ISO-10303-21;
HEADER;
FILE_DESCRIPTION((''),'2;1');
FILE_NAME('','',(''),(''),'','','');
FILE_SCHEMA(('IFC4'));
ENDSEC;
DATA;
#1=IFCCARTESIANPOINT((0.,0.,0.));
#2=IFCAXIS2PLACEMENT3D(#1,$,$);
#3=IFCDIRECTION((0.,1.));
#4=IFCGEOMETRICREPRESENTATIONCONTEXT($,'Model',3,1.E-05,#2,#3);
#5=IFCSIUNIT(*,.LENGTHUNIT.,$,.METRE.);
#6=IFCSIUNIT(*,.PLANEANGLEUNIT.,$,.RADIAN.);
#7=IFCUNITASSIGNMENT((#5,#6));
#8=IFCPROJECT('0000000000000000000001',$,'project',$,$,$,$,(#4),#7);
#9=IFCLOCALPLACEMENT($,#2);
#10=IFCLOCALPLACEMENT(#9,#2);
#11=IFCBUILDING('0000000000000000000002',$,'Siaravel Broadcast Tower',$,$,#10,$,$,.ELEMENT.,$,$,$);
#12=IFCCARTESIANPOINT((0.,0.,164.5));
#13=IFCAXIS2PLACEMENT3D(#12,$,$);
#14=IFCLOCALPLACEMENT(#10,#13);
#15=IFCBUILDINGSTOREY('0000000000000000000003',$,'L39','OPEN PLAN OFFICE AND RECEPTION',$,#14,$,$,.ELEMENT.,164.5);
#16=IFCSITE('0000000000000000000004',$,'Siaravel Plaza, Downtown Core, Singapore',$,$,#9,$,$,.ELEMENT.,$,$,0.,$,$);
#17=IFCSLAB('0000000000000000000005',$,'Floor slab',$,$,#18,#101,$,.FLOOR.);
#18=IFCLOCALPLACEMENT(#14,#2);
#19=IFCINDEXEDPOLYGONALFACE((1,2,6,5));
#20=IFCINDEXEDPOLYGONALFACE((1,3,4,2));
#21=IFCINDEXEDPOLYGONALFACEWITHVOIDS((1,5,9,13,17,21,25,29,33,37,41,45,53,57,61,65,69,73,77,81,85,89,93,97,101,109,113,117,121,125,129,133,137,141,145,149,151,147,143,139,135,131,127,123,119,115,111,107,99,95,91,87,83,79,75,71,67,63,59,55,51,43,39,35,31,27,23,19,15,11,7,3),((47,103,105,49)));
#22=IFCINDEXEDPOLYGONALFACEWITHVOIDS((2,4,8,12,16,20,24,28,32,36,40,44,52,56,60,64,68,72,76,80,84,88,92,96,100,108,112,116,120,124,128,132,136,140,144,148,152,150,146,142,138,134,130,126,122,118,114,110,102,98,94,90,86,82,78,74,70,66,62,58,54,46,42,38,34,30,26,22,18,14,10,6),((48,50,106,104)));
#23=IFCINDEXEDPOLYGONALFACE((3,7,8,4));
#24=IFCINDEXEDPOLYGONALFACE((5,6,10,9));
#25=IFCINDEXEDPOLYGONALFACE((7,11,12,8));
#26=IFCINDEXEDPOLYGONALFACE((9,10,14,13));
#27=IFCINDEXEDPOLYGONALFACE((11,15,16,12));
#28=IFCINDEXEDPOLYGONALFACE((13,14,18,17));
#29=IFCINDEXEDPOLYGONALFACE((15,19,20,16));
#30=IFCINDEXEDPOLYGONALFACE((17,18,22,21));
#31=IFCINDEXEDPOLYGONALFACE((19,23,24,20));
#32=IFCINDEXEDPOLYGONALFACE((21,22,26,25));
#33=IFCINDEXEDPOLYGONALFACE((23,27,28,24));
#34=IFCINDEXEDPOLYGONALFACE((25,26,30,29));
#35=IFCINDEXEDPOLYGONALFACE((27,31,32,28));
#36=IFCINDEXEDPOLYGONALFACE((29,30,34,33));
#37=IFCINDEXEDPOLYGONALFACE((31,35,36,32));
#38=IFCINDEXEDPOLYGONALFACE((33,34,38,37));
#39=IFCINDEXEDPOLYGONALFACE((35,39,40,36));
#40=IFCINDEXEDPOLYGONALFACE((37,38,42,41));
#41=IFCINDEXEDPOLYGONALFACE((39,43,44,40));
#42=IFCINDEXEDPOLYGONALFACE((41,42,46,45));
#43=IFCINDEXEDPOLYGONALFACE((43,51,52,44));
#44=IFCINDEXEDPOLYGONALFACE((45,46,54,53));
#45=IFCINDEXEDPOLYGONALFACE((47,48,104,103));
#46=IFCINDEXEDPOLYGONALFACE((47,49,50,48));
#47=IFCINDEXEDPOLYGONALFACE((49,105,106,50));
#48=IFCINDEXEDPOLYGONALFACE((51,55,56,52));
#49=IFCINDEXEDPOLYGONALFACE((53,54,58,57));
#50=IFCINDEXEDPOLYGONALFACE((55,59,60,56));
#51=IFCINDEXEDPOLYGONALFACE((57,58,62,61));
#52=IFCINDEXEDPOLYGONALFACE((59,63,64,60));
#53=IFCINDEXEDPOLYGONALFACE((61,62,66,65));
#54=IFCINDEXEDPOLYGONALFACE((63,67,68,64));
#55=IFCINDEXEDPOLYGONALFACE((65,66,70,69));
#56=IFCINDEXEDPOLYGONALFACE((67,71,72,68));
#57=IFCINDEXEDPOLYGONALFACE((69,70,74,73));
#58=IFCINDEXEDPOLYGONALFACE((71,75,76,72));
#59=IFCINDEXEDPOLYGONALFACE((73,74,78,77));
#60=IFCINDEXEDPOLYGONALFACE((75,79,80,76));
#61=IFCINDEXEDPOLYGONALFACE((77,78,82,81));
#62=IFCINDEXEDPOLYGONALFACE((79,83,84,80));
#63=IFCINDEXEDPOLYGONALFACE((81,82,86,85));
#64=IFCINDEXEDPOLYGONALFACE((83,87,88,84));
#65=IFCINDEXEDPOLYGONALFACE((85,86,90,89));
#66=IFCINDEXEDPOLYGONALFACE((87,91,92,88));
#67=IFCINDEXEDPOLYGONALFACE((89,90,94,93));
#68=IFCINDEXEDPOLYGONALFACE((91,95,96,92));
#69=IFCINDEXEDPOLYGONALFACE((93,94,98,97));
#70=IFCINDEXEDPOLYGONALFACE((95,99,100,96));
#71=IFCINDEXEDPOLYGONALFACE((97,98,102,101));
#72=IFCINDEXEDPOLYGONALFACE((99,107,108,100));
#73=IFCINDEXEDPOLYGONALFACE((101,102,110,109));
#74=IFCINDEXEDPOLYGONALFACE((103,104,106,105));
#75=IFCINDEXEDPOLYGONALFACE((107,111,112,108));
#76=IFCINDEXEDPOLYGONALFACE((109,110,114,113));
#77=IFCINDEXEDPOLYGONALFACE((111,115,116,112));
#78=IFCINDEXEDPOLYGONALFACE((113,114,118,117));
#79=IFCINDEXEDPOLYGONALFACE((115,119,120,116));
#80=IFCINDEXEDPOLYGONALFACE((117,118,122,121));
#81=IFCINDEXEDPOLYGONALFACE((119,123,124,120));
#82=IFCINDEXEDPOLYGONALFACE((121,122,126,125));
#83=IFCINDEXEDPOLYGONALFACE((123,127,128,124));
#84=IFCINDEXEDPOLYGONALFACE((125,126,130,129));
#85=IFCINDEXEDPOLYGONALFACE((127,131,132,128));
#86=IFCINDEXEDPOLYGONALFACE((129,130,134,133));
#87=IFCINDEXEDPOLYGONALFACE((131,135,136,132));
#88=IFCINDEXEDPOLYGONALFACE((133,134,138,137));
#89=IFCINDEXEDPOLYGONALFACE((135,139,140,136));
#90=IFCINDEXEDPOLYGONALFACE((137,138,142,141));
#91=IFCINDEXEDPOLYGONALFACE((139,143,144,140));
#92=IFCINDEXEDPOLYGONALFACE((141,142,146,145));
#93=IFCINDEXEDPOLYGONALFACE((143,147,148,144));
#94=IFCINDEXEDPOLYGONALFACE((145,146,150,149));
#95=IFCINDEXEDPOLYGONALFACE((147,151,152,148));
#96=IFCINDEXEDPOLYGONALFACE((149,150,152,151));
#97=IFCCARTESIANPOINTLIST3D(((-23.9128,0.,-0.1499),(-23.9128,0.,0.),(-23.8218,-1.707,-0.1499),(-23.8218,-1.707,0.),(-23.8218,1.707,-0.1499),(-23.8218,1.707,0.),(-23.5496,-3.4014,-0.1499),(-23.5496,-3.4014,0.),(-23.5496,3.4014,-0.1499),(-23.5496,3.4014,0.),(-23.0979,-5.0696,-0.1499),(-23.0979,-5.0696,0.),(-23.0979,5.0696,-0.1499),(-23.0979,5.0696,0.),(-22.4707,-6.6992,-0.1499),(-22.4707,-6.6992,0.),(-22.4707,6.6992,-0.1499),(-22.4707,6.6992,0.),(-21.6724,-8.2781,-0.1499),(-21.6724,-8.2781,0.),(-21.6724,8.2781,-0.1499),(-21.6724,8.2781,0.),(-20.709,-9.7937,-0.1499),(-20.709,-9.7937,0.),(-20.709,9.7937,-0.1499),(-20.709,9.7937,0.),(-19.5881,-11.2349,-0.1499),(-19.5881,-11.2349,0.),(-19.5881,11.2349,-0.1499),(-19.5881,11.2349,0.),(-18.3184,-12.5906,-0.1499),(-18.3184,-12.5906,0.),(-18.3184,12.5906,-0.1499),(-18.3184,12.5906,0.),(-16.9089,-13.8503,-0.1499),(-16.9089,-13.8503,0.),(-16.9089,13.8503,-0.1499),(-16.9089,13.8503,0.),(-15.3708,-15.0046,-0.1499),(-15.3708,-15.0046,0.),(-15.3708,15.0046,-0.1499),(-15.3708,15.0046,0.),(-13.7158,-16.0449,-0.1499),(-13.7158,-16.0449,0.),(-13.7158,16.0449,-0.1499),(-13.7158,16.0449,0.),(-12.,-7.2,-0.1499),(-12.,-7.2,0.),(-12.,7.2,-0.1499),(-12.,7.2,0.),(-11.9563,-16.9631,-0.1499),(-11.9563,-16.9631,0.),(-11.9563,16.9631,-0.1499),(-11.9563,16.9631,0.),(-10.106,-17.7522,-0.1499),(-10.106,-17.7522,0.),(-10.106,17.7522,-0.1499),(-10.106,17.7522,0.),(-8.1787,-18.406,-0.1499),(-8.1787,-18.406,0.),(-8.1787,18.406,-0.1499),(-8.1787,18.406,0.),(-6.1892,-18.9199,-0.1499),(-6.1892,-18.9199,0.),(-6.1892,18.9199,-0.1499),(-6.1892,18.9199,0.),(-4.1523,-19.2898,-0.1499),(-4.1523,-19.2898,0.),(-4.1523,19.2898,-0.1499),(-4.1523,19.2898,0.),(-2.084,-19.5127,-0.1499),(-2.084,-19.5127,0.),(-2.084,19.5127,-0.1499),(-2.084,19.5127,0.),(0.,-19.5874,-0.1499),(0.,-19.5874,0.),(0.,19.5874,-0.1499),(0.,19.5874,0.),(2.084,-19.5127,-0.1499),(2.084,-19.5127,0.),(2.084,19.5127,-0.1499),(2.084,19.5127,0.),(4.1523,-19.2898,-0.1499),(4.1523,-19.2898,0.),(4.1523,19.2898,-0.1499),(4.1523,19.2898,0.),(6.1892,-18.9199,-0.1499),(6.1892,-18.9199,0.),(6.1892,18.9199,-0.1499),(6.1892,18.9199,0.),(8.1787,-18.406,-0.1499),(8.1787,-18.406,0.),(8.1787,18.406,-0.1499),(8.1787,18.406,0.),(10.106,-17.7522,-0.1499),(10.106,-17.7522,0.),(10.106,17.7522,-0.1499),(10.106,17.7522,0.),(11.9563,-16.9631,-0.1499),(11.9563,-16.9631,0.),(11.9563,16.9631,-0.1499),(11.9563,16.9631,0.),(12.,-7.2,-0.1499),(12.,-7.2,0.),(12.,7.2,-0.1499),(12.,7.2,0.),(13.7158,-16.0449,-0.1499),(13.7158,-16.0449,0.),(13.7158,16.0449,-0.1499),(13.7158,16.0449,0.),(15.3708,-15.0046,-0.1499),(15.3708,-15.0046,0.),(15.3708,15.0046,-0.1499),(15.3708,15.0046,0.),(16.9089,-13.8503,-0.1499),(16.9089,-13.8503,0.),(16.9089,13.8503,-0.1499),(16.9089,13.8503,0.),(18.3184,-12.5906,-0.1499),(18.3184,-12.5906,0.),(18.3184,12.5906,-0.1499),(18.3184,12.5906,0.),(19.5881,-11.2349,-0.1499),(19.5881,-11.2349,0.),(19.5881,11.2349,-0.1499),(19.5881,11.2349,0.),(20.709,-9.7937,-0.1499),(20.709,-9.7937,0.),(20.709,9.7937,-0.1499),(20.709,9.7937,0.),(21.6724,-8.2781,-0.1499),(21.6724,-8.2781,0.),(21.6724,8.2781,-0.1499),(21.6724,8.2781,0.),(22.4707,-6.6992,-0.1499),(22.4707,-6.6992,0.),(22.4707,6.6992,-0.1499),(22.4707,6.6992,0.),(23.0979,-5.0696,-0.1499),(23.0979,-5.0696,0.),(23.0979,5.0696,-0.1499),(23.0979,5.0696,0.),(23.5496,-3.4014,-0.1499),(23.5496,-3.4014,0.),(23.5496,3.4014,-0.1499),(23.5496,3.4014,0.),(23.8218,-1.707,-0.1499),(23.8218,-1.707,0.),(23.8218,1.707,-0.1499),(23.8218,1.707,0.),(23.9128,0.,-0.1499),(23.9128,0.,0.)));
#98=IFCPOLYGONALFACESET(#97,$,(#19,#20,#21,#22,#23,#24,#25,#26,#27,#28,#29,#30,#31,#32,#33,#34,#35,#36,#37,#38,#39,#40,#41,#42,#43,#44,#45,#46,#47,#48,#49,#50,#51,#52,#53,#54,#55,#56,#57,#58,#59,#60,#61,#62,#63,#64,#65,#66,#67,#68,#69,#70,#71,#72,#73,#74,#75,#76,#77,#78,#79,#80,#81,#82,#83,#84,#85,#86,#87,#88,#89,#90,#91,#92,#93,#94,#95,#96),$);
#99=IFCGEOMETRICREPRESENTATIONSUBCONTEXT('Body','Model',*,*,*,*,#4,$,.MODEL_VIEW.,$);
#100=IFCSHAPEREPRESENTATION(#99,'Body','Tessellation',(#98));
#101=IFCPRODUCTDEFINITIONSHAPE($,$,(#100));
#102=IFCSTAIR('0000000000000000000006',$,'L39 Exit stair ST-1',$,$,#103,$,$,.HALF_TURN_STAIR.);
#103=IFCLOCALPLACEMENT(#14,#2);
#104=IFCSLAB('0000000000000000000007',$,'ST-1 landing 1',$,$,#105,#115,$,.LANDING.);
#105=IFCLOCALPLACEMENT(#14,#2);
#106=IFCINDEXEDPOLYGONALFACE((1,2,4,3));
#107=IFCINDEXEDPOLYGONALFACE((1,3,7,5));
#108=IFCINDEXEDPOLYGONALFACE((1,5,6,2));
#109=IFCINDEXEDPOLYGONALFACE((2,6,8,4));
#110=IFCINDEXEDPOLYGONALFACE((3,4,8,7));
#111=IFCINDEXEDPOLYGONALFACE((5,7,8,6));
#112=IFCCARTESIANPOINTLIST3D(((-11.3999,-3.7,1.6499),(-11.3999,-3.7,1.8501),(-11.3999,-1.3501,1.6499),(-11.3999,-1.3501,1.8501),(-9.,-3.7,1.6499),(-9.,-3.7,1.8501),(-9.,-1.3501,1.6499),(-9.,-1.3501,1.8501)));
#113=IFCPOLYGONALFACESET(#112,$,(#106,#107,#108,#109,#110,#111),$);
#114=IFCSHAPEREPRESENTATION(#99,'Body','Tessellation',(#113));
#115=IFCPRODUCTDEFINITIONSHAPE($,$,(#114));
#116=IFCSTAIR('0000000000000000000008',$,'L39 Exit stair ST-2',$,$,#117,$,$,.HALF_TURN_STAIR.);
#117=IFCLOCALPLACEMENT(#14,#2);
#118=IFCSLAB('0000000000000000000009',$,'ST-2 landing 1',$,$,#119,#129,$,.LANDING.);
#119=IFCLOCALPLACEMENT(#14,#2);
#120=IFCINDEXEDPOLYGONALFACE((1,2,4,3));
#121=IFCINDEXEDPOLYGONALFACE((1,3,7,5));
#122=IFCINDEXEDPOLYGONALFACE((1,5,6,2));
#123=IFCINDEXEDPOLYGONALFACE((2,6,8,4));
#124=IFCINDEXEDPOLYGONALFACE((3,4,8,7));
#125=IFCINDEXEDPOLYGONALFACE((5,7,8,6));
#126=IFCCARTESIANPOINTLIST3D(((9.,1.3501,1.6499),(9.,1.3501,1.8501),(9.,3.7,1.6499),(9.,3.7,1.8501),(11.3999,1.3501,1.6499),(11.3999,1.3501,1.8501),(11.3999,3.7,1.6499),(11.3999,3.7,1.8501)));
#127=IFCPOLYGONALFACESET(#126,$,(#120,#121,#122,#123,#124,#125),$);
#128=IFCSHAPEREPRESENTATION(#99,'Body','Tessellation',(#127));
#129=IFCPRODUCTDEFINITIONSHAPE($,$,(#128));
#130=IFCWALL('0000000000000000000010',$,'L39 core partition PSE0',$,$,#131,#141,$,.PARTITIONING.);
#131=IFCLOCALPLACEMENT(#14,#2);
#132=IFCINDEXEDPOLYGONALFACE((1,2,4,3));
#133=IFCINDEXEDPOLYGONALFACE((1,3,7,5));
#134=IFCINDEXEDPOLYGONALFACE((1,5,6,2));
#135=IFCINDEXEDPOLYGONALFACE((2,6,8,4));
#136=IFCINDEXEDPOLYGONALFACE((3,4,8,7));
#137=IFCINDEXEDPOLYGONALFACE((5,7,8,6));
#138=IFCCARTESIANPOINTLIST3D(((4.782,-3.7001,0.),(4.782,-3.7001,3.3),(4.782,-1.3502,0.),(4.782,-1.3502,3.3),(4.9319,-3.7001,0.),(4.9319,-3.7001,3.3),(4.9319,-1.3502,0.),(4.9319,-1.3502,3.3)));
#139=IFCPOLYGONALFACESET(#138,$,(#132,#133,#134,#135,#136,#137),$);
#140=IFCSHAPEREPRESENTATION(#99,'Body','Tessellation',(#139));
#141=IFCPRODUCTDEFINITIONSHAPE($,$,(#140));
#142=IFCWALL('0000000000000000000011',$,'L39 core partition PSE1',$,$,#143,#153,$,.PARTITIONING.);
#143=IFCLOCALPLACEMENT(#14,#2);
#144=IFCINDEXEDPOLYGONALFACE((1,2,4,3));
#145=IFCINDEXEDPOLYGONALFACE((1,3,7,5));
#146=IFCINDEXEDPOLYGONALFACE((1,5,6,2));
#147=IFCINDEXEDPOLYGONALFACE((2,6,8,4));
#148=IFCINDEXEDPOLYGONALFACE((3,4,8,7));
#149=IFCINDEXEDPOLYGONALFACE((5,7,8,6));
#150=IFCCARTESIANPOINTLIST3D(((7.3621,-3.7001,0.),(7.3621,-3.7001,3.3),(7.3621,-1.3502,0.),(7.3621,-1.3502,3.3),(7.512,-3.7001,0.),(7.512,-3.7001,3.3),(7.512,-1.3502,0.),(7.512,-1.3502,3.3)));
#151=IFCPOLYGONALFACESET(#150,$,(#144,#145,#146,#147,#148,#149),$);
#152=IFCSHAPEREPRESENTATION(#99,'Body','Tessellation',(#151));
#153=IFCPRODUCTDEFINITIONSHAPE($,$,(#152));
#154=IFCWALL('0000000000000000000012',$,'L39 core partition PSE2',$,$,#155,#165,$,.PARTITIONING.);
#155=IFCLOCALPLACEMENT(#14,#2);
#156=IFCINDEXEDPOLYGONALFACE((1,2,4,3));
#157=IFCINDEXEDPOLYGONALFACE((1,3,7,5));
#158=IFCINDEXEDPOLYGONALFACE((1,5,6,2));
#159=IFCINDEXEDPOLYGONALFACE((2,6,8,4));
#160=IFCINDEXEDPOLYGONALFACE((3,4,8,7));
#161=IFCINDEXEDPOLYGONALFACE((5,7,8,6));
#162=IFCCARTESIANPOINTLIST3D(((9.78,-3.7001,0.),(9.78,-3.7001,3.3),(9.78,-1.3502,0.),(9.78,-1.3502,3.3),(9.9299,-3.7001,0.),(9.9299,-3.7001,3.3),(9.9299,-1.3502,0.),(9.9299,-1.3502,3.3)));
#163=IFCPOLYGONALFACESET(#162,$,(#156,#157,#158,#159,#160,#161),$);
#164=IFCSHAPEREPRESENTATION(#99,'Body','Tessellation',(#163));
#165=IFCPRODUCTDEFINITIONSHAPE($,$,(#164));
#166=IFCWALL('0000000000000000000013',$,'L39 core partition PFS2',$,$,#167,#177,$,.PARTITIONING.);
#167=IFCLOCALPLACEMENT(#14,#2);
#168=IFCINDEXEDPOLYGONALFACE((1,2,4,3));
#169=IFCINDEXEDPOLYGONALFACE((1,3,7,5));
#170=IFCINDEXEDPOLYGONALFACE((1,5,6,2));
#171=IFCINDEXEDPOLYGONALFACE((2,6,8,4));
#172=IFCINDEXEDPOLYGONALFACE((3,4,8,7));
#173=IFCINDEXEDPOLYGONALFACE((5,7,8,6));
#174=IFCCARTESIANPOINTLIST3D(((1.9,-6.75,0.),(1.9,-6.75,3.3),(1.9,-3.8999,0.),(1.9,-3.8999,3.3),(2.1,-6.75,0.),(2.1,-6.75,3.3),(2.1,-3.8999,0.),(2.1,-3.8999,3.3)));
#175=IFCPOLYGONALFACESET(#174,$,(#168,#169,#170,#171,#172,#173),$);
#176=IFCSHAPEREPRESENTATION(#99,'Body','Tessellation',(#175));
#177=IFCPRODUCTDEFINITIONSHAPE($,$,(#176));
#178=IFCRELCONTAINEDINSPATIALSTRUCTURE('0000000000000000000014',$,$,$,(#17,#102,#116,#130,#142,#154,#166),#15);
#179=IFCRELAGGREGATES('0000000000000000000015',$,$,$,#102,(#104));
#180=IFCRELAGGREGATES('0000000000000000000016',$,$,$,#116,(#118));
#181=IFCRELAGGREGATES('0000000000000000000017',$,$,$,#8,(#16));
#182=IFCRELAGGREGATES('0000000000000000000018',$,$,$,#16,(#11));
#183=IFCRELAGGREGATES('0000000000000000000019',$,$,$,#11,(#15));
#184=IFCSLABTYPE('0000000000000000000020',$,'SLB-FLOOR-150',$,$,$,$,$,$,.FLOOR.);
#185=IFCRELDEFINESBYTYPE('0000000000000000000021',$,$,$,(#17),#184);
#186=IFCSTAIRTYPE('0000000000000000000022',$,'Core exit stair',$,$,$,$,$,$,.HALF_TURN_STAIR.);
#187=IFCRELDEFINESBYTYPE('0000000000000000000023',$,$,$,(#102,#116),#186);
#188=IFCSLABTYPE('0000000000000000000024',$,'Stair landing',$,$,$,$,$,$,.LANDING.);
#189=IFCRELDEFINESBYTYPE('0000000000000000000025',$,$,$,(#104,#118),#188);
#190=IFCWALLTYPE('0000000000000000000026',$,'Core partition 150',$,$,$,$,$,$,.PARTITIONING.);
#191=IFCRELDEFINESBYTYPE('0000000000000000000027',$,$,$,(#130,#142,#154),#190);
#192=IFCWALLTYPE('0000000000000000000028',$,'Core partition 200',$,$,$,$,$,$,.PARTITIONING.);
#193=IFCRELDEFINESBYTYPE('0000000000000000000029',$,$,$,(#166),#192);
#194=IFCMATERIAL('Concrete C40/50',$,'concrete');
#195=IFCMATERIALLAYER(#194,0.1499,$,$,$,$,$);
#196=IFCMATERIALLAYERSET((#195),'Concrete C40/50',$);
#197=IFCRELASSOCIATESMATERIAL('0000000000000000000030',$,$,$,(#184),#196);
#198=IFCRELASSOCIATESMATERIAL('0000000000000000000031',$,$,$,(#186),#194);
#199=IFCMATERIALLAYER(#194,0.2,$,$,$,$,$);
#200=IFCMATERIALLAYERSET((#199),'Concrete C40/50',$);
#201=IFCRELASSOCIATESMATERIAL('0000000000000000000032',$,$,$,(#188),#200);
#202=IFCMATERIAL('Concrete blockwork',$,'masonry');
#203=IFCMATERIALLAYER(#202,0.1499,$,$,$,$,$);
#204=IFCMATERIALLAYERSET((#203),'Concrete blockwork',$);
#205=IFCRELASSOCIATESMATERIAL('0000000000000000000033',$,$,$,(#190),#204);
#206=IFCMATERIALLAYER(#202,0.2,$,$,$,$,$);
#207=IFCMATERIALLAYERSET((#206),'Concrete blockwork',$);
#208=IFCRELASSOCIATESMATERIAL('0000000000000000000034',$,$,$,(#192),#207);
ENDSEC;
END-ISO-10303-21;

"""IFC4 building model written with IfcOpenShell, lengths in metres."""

from ifc_helpers import new_model, si_unit, direction, frame, frame_2d, origin, place, context, subcontext, project, spatial, polyline, rectangle, outline, extrude, material, layer, layer_set, type_object, element, aggregate, save


model = new_model("IFC4")

# Units and contexts
model_context = context("Model", 3, precision=1e-05, world=origin(), true_north=direction((0.0, 1.0)))
body_context = subcontext(model_context, "Body", "Model", "MODEL_VIEW")
ifc_project = project(units=[si_unit("LENGTHUNIT", "METRE"), si_unit("PLANEANGLEUNIT", "RADIAN")], contexts=[model_context])

# Site, building, storey
site_placement = place(None, origin())
site = spatial("IfcSite", under=ifc_project, at=site_placement, Name="Siaravel Plaza, Downtown Core, Singapore", CompositionType="ELEMENT", RefElevation=0.0)
building_placement = place(site_placement, origin())
building = spatial("IfcBuilding", under=site, at=building_placement, Name="Siaravel Broadcast Tower", CompositionType="ELEMENT")
storey_placement = place(building_placement, frame((0.0, 0.0, 164.5)))
storey = spatial("IfcBuildingStorey", under=building, at=storey_placement, Name="L39", Description="OPEN PLAN OFFICE AND RECEPTION", CompositionType="ELEMENT", Elevation=164.5)

# Slab
ifc_material_1 = material(Name="Concrete C40/50", Category="concrete")
ifc_layer_1 = layer(ifc_material_1, 0.1499)
ifc_layer_set_1 = layer_set([ifc_layer_1], Name="Concrete C40/50")
slab_type_1 = type_object("IfcSlabType", Name="SLB-FLOOR-150", PredefinedType="FLOOR", material=ifc_layer_set_1)
slab_1_placement = place(storey_placement, frame((0.0, 0.0, -0.1499)))
element("IfcSlab", 1, at=slab_1_placement, inside=storey, type_object=slab_type_1, Name="Floor slab", PredefinedType="FLOOR", context=body_context, shape_type="SweptSolid", body=[
    extrude(outline(polyline([(23.9128, 0.0), (23.8218, 1.707), (23.5496, 3.4014), (23.0979, 5.0696), (22.4707, 6.6992), (21.6724, 8.2781), (20.709, 9.7937), (19.5881, 11.2349), (18.3184, 12.5906), (16.9089, 13.8503), (15.3708, 15.0046), (13.7158, 16.0449), (11.9563, 16.9631), (10.106, 17.7522), (8.1787, 18.406), (6.1892, 18.9199), (4.1523, 19.2898), (2.084, 19.5127), (0.0, 19.5874), (-2.084, 19.5127), (-4.1523, 19.2898), (-6.1892, 18.9199), (-8.1787, 18.406), (-10.106, 17.7522), (-11.9563, 16.9631), (-13.7158, 16.0449), (-15.3708, 15.0046), (-16.9089, 13.8503), (-18.3184, 12.5906), (-19.5881, 11.2349), (-20.709, 9.7937), (-21.6724, 8.2781), (-22.4707, 6.6992), (-23.0979, 5.0696), (-23.5496, 3.4014), (-23.8218, 1.707), (-23.9128, 0.0), (-23.8218, -1.707), (-23.5496, -3.4014), (-23.0979, -5.0696), (-22.4707, -6.6992), (-21.6724, -8.2781), (-20.709, -9.7937), (-19.5881, -11.2349), (-18.3184, -12.5906), (-16.9089, -13.8503), (-15.3708, -15.0046), (-13.7158, -16.0449), (-11.9563, -16.9631), (-10.106, -17.7522), (-8.1787, -18.406), (-6.1892, -18.9199), (-4.1523, -19.2898), (-2.084, -19.5127), (0.0, -19.5874), (2.084, -19.5127), (4.1523, -19.2898), (6.1892, -18.9199), (8.1787, -18.406), (10.106, -17.7522), (11.9563, -16.9631), (13.7158, -16.0449), (15.3708, -15.0046), (16.9089, -13.8503), (18.3184, -12.5906), (19.5881, -11.2349), (20.709, -9.7937), (21.6724, -8.2781), (22.4707, -6.6992), (23.0979, -5.0696), (23.5496, -3.4014), (23.8218, -1.707), (23.9128, 0.0)]), holes=[polyline([(-12.0, 7.2), (12.0, 7.2), (12.0, -7.2), (-12.0, -7.2), (-12.0, 7.2)])]), origin(), (0.0, 0.0, 1.0), 0.1499),
])

# Stairs, slabs
stair_type = type_object("IfcStairType", Name="Core exit stair", PredefinedType="HALF_TURN_STAIR", material=ifc_material_1)
stair_1_placement = place(storey_placement, origin())
stair_1 = element("IfcStair", 2, at=stair_1_placement, inside=storey, type_object=stair_type, Name="L39 Exit stair ST-1", PredefinedType="HALF_TURN_STAIR")
ifc_layer_2 = layer(ifc_material_1, 0.2)
ifc_layer_set_2 = layer_set([ifc_layer_2], Name="Concrete C40/50")
slab_type_2 = type_object("IfcSlabType", Name="Stair landing", PredefinedType="LANDING", material=ifc_layer_set_2)
slab_2_placement = place(storey_placement, frame((0.0, 0.0, 1.6499)))
slab_2 = element("IfcSlab", 3, at=slab_2_placement, type_object=slab_type_2, Name="ST-1 landing 1", PredefinedType="LANDING", context=body_context, shape_type="SweptSolid", body=[
    extrude(outline(polyline([(-9.0, -1.3501), (-11.3999, -1.3501), (-11.3999, -3.7), (-9.0, -3.7), (-9.0, -1.3501)])), origin(), (0.0, 0.0, 1.0), 0.2002),
])
aggregate(stair_1, [slab_2])
stair_2_placement = place(storey_placement, origin())
stair_2 = element("IfcStair", 4, at=stair_2_placement, inside=storey, type_object=stair_type, Name="L39 Exit stair ST-2", PredefinedType="HALF_TURN_STAIR")
slab_3_placement = place(storey_placement, frame((0.0, 0.0, 1.6499)))
slab_3 = element("IfcSlab", 5, at=slab_3_placement, type_object=slab_type_2, Name="ST-2 landing 1", PredefinedType="LANDING", context=body_context, shape_type="SweptSolid", body=[
    extrude(outline(polyline([(9.0, 1.3501), (11.3999, 1.3501), (11.3999, 3.7), (9.0, 3.7), (9.0, 1.3501)])), origin(), (0.0, 0.0, 1.0), 0.2002),
])
aggregate(stair_2, [slab_3])

# Walls
ifc_material_2 = material(Name="Concrete blockwork", Category="masonry")
ifc_layer_3 = layer(ifc_material_2, 0.1499)
ifc_layer_set_3 = layer_set([ifc_layer_3], Name="Concrete blockwork")
wall_type_1 = type_object("IfcWallType", Name="Core partition 150", PredefinedType="PARTITIONING", material=ifc_layer_set_3)
for number, where, z_axis, x_axis, name in (
    (6, (4.8569, -3.7, 0.0), (0.0, 0.0, 1.0), (0.0, 1.0, 0.0), "L39 core partition PSE0"),
    (7, (7.437, -3.7, 0.0), (0.0, 0.0, 1.0), (0.0, 1.0, 0.0), "L39 core partition PSE1"),
    (8, (9.855, -3.7, 0.0), (0.0, 0.0, 1.0), (0.0, 1.0, 0.0), "L39 core partition PSE2"),
):
    element("IfcWall", number, at=place(storey_placement, frame(where, z_axis=z_axis, x_axis=x_axis)), inside=storey, type_object=wall_type_1, Name=name, PredefinedType="PARTITIONING", context=body_context, shape_type="SweptSolid", body=[
        extrude(rectangle(XDim=2.3499, YDim=0.1499, at=frame_2d((1.1748, 0.0))), origin(), (0.0, 0.0, 1.0), 3.3),
    ])
ifc_layer_4 = layer(ifc_material_2, 0.2)
ifc_layer_set_4 = layer_set([ifc_layer_4], Name="Concrete blockwork")
wall_type_2 = type_object("IfcWallType", Name="Core partition 200", PredefinedType="PARTITIONING", material=ifc_layer_set_4)
wall_1_placement = place(storey_placement, frame((2.0, -6.75, 0.0), z_axis=(0.0, 0.0, 1.0), x_axis=(0.0, 1.0, 0.0)))
element("IfcWall", 9, at=wall_1_placement, inside=storey, type_object=wall_type_2, Name="L39 core partition PFS2", PredefinedType="PARTITIONING", context=body_context, shape_type="SweptSolid", body=[
    extrude(rectangle(XDim=2.8501, YDim=0.2, at=frame_2d((1.425, 0.0))), origin(), (0.0, 0.0, 1.0), 3.3),
])

save(model, "model.ifc")
